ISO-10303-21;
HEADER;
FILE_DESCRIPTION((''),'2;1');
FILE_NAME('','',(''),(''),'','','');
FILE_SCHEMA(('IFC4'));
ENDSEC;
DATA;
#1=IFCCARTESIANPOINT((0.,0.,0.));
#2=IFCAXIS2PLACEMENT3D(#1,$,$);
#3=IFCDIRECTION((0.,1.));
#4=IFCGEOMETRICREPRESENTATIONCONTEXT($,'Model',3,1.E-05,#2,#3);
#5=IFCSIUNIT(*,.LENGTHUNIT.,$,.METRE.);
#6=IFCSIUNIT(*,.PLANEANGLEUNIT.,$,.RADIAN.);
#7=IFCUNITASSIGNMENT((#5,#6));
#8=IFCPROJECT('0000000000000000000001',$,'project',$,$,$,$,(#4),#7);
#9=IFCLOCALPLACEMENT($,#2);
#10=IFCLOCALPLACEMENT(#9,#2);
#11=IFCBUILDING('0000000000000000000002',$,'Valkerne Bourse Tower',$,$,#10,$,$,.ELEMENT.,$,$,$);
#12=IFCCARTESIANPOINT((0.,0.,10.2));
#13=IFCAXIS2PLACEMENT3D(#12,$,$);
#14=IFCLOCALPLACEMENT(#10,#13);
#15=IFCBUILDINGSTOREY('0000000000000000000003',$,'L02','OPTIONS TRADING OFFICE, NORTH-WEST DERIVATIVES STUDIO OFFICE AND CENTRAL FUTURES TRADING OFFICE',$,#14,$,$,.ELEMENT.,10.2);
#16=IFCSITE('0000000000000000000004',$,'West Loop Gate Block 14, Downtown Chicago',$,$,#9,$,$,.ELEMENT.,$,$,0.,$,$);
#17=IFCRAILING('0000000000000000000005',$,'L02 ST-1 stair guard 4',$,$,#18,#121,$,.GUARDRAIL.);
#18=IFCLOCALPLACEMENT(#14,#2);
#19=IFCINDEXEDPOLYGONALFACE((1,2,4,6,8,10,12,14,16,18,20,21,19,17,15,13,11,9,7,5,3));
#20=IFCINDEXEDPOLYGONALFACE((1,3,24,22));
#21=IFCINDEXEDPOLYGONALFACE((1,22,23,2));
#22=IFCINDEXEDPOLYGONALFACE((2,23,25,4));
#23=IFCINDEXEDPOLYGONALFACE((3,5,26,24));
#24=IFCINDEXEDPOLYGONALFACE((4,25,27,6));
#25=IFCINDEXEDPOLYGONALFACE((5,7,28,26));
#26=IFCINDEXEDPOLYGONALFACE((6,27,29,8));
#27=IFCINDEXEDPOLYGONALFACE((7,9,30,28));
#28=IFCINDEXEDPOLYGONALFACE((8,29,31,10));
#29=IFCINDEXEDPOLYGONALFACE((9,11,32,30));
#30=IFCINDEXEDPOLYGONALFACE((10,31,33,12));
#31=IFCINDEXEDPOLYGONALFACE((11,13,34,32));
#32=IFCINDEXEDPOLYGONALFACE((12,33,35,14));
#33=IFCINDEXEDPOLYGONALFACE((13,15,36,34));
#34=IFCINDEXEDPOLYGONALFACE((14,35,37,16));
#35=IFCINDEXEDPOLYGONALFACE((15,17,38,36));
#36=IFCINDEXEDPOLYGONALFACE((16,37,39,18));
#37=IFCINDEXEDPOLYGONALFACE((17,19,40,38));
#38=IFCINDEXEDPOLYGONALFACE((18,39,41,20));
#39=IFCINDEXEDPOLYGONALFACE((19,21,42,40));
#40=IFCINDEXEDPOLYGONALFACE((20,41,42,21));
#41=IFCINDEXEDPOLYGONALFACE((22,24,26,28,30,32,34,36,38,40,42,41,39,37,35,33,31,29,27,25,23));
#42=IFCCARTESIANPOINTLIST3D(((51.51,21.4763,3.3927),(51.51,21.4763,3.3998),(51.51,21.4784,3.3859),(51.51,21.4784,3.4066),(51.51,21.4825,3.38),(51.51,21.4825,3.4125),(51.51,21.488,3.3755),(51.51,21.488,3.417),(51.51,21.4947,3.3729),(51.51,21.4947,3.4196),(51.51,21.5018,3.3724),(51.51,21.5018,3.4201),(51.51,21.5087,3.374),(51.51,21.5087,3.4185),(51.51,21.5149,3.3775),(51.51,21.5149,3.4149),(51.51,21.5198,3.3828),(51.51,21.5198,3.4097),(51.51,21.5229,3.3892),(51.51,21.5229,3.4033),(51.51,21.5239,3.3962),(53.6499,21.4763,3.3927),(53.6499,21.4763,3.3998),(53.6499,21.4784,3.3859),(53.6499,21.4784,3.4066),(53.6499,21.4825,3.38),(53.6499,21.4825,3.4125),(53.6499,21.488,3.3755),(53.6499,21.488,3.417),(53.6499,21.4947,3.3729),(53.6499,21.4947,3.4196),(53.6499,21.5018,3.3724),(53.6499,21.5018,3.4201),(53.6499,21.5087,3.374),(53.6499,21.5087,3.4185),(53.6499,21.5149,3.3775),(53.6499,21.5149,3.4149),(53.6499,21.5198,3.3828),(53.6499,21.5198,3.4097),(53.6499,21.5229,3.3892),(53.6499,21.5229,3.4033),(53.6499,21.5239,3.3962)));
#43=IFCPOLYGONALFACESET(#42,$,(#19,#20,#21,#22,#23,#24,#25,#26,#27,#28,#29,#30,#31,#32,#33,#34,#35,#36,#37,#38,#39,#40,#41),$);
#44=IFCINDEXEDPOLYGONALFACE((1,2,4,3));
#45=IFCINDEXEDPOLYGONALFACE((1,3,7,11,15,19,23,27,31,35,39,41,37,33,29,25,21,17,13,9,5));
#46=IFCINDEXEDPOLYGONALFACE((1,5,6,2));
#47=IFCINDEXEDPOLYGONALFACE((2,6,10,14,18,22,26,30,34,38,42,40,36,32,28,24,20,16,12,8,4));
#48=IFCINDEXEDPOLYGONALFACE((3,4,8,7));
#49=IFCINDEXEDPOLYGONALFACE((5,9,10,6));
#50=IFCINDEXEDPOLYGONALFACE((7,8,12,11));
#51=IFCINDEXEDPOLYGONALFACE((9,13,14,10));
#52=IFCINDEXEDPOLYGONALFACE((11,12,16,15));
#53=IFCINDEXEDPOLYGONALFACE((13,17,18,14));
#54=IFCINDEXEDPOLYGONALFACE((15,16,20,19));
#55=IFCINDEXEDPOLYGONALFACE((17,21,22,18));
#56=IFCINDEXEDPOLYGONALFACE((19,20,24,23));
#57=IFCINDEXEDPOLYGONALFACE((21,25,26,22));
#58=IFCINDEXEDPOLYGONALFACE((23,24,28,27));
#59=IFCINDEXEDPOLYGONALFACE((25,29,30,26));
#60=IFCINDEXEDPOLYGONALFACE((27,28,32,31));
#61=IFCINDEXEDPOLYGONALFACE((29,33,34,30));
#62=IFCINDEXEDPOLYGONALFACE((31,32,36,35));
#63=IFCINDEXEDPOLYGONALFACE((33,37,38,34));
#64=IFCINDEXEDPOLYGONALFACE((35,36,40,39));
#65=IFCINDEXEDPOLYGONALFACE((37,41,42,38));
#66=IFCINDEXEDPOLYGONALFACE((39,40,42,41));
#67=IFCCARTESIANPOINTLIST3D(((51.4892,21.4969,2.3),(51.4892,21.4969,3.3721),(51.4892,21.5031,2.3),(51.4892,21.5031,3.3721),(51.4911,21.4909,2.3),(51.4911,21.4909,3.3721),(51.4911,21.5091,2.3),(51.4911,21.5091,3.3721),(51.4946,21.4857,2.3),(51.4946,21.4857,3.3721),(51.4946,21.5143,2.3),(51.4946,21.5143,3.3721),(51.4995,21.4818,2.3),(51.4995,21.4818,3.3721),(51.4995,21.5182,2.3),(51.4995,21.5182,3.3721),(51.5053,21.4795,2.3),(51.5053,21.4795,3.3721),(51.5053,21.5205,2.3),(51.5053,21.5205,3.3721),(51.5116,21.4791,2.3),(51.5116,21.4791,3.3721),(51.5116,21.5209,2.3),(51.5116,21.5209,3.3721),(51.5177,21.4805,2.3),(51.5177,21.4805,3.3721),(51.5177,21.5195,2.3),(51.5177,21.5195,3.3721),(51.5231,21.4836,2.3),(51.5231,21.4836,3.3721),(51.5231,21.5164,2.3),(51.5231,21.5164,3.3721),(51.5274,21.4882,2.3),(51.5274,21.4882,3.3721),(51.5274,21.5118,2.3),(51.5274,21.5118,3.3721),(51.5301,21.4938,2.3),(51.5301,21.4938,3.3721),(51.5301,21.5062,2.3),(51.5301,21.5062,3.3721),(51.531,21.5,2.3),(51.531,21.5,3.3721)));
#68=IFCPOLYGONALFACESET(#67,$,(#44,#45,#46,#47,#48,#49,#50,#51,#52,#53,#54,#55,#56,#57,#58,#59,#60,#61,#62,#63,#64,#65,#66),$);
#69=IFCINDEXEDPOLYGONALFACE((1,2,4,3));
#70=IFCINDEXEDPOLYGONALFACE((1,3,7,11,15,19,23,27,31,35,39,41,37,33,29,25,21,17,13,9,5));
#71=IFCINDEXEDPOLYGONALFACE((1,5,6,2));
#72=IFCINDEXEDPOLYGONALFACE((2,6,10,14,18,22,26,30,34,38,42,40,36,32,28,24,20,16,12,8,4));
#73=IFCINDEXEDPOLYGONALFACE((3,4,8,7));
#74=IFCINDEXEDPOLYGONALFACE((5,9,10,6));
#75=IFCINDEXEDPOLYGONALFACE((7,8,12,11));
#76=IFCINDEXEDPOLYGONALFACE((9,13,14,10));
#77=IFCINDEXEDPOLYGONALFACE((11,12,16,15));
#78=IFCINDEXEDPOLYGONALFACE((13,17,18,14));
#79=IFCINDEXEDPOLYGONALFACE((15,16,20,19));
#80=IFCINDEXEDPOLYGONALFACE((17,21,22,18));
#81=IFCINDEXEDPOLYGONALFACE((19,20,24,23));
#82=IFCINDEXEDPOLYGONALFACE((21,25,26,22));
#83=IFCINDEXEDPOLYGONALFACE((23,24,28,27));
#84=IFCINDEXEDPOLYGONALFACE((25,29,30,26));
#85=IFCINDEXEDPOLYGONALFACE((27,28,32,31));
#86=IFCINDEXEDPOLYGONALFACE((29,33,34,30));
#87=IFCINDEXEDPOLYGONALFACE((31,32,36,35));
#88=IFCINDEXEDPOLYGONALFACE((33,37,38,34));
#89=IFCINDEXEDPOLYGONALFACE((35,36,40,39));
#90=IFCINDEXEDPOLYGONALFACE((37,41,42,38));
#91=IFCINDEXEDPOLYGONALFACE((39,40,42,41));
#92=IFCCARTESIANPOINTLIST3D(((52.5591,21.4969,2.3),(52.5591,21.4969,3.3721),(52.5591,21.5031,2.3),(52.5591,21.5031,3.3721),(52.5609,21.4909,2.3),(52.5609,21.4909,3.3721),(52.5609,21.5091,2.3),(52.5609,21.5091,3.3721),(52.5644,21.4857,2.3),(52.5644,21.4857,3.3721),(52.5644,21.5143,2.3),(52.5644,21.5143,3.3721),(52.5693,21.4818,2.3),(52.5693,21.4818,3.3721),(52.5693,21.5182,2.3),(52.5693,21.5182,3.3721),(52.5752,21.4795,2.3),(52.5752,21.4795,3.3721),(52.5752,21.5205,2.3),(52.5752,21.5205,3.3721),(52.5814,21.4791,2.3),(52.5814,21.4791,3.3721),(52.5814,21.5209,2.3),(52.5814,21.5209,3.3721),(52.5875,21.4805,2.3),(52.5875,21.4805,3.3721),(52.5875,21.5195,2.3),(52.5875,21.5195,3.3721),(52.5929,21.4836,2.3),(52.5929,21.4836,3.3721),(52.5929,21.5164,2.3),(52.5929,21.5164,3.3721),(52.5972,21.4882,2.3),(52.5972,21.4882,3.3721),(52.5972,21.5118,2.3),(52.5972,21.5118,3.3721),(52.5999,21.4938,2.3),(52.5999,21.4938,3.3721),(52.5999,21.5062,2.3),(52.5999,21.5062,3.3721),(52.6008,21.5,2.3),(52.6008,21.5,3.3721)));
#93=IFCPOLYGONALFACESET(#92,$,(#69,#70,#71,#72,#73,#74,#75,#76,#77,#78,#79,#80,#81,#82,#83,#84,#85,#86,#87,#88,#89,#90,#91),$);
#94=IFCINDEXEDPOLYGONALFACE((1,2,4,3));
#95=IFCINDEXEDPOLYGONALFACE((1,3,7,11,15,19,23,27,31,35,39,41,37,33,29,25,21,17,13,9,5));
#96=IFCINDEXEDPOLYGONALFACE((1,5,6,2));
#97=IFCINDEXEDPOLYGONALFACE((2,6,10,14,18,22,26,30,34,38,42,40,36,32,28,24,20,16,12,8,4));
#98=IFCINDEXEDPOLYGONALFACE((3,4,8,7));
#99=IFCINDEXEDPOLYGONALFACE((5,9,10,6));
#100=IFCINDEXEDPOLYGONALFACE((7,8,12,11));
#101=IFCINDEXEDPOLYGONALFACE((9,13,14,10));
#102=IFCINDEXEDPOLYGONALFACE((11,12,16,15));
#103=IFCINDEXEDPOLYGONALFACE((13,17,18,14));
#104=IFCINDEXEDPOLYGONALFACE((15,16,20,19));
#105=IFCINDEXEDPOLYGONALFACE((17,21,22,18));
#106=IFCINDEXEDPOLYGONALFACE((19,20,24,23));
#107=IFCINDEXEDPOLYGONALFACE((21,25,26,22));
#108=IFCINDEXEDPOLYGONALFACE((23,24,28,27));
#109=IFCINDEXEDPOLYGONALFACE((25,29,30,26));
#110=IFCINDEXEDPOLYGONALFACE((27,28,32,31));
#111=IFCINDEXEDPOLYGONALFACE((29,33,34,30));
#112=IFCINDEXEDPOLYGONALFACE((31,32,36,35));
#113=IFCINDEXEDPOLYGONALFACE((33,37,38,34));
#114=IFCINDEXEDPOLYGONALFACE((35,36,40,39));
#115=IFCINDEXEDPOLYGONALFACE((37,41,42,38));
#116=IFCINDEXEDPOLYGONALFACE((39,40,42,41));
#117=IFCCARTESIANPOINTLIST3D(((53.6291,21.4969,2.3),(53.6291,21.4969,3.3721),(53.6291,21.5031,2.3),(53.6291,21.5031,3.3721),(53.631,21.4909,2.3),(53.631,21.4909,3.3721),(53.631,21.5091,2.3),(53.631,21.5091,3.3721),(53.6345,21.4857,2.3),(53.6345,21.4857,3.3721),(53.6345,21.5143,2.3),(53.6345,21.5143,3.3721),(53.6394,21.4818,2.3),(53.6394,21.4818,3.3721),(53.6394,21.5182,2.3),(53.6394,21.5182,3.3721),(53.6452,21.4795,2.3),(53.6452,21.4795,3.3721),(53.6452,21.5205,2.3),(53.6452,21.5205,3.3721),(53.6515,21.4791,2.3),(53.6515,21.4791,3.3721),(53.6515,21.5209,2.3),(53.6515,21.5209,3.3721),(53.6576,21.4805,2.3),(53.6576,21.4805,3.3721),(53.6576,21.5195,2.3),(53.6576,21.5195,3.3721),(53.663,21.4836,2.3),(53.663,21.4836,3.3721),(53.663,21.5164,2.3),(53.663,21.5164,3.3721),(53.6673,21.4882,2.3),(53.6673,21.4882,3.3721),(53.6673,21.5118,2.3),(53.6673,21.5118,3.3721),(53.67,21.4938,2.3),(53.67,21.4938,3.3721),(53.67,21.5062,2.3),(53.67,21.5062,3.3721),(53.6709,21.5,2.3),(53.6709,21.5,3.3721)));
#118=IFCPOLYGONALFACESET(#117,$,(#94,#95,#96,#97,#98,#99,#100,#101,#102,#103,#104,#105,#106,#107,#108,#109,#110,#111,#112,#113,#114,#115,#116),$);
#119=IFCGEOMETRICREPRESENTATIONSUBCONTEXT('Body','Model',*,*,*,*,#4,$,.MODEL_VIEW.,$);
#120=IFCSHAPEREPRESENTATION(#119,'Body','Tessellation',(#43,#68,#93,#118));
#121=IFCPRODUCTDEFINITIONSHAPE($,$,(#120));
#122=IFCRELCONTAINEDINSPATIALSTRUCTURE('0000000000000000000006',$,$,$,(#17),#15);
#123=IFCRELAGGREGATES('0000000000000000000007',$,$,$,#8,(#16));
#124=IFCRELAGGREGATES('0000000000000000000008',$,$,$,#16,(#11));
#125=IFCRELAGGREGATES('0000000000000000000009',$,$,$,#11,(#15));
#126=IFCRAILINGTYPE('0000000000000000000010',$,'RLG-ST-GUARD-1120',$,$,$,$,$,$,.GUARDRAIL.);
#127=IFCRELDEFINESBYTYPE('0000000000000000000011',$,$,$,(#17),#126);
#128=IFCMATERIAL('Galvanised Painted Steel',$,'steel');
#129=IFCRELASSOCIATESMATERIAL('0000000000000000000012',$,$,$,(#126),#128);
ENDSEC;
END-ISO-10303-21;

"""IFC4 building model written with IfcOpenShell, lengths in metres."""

from ifc_helpers import new_model, si_unit, direction, frame, origin, origin_2d, place, context, subcontext, project, spatial, circle, extrude, material, type_object, element, save


model = new_model("IFC4")

# Units and contexts
model_context = context("Model", 3, precision=1e-05, world=origin(), true_north=direction((0.0, 1.0)))
body_context = subcontext(model_context, "Body", "Model", "MODEL_VIEW")
ifc_project = project(units=[si_unit("LENGTHUNIT", "METRE"), si_unit("PLANEANGLEUNIT", "RADIAN")], contexts=[model_context])

# Site, building, storey
site_placement = place(None, origin())
site = spatial("IfcSite", under=ifc_project, at=site_placement, Name="West Loop Gate Block 14, Downtown Chicago", CompositionType="ELEMENT", RefElevation=0.0)
building_placement = place(site_placement, origin())
building = spatial("IfcBuilding", under=site, at=building_placement, Name="Valkerne Bourse Tower", CompositionType="ELEMENT")
storey_placement = place(building_placement, frame((0.0, 0.0, 10.2)))
storey = spatial("IfcBuildingStorey", under=building, at=storey_placement, Name="L02", Description="OPTIONS TRADING OFFICE, NORTH-WEST DERIVATIVES STUDIO OFFICE AND CENTRAL FUTURES TRADING OFFICE", CompositionType="ELEMENT", Elevation=10.2)

# Shared definitions
ifc_material_1 = material(Name="Galvanised Painted Steel", Category="steel")

# Railing
railing_type_1 = type_object("IfcRailingType", Name="RLG-ST-GUARD-1120", PredefinedType="GUARDRAIL", material=ifc_material_1)
for number, where, name in (
    (1, (51.51, 21.5, 2.3), "L02 ST-1 stair guard 4"),
):
    element("IfcRailing", number, at=place(storey_placement, frame(where)), inside=storey, type_object=railing_type_1, Name=name, PredefinedType="GUARDRAIL", context=body_context, shape_type="SweptSolid", body=[
        extrude(circle(Radius=0.0239, at=origin_2d()), frame((0.0, 0.0, 1.0962), z_axis=(1.0, 0.0, 0.0), x_axis=(0.0, 1.0, 0.0)), (0.0, 0.0, 1.0), 2.1399),
        extrude(circle(Radius=0.021, at=origin_2d()), origin(), (0.0, 0.0, 1.0), 1.072),
        extrude(circle(Radius=0.021, at=origin_2d()), frame((1.0698, 0.0, 0.0)), (0.0, 0.0, 1.0), 1.072),
        extrude(circle(Radius=0.021, at=origin_2d()), frame((2.1399, 0.0, 0.0)), (0.0, 0.0, 1.0), 1.072),
    ])

save(model, "model.ifc")
